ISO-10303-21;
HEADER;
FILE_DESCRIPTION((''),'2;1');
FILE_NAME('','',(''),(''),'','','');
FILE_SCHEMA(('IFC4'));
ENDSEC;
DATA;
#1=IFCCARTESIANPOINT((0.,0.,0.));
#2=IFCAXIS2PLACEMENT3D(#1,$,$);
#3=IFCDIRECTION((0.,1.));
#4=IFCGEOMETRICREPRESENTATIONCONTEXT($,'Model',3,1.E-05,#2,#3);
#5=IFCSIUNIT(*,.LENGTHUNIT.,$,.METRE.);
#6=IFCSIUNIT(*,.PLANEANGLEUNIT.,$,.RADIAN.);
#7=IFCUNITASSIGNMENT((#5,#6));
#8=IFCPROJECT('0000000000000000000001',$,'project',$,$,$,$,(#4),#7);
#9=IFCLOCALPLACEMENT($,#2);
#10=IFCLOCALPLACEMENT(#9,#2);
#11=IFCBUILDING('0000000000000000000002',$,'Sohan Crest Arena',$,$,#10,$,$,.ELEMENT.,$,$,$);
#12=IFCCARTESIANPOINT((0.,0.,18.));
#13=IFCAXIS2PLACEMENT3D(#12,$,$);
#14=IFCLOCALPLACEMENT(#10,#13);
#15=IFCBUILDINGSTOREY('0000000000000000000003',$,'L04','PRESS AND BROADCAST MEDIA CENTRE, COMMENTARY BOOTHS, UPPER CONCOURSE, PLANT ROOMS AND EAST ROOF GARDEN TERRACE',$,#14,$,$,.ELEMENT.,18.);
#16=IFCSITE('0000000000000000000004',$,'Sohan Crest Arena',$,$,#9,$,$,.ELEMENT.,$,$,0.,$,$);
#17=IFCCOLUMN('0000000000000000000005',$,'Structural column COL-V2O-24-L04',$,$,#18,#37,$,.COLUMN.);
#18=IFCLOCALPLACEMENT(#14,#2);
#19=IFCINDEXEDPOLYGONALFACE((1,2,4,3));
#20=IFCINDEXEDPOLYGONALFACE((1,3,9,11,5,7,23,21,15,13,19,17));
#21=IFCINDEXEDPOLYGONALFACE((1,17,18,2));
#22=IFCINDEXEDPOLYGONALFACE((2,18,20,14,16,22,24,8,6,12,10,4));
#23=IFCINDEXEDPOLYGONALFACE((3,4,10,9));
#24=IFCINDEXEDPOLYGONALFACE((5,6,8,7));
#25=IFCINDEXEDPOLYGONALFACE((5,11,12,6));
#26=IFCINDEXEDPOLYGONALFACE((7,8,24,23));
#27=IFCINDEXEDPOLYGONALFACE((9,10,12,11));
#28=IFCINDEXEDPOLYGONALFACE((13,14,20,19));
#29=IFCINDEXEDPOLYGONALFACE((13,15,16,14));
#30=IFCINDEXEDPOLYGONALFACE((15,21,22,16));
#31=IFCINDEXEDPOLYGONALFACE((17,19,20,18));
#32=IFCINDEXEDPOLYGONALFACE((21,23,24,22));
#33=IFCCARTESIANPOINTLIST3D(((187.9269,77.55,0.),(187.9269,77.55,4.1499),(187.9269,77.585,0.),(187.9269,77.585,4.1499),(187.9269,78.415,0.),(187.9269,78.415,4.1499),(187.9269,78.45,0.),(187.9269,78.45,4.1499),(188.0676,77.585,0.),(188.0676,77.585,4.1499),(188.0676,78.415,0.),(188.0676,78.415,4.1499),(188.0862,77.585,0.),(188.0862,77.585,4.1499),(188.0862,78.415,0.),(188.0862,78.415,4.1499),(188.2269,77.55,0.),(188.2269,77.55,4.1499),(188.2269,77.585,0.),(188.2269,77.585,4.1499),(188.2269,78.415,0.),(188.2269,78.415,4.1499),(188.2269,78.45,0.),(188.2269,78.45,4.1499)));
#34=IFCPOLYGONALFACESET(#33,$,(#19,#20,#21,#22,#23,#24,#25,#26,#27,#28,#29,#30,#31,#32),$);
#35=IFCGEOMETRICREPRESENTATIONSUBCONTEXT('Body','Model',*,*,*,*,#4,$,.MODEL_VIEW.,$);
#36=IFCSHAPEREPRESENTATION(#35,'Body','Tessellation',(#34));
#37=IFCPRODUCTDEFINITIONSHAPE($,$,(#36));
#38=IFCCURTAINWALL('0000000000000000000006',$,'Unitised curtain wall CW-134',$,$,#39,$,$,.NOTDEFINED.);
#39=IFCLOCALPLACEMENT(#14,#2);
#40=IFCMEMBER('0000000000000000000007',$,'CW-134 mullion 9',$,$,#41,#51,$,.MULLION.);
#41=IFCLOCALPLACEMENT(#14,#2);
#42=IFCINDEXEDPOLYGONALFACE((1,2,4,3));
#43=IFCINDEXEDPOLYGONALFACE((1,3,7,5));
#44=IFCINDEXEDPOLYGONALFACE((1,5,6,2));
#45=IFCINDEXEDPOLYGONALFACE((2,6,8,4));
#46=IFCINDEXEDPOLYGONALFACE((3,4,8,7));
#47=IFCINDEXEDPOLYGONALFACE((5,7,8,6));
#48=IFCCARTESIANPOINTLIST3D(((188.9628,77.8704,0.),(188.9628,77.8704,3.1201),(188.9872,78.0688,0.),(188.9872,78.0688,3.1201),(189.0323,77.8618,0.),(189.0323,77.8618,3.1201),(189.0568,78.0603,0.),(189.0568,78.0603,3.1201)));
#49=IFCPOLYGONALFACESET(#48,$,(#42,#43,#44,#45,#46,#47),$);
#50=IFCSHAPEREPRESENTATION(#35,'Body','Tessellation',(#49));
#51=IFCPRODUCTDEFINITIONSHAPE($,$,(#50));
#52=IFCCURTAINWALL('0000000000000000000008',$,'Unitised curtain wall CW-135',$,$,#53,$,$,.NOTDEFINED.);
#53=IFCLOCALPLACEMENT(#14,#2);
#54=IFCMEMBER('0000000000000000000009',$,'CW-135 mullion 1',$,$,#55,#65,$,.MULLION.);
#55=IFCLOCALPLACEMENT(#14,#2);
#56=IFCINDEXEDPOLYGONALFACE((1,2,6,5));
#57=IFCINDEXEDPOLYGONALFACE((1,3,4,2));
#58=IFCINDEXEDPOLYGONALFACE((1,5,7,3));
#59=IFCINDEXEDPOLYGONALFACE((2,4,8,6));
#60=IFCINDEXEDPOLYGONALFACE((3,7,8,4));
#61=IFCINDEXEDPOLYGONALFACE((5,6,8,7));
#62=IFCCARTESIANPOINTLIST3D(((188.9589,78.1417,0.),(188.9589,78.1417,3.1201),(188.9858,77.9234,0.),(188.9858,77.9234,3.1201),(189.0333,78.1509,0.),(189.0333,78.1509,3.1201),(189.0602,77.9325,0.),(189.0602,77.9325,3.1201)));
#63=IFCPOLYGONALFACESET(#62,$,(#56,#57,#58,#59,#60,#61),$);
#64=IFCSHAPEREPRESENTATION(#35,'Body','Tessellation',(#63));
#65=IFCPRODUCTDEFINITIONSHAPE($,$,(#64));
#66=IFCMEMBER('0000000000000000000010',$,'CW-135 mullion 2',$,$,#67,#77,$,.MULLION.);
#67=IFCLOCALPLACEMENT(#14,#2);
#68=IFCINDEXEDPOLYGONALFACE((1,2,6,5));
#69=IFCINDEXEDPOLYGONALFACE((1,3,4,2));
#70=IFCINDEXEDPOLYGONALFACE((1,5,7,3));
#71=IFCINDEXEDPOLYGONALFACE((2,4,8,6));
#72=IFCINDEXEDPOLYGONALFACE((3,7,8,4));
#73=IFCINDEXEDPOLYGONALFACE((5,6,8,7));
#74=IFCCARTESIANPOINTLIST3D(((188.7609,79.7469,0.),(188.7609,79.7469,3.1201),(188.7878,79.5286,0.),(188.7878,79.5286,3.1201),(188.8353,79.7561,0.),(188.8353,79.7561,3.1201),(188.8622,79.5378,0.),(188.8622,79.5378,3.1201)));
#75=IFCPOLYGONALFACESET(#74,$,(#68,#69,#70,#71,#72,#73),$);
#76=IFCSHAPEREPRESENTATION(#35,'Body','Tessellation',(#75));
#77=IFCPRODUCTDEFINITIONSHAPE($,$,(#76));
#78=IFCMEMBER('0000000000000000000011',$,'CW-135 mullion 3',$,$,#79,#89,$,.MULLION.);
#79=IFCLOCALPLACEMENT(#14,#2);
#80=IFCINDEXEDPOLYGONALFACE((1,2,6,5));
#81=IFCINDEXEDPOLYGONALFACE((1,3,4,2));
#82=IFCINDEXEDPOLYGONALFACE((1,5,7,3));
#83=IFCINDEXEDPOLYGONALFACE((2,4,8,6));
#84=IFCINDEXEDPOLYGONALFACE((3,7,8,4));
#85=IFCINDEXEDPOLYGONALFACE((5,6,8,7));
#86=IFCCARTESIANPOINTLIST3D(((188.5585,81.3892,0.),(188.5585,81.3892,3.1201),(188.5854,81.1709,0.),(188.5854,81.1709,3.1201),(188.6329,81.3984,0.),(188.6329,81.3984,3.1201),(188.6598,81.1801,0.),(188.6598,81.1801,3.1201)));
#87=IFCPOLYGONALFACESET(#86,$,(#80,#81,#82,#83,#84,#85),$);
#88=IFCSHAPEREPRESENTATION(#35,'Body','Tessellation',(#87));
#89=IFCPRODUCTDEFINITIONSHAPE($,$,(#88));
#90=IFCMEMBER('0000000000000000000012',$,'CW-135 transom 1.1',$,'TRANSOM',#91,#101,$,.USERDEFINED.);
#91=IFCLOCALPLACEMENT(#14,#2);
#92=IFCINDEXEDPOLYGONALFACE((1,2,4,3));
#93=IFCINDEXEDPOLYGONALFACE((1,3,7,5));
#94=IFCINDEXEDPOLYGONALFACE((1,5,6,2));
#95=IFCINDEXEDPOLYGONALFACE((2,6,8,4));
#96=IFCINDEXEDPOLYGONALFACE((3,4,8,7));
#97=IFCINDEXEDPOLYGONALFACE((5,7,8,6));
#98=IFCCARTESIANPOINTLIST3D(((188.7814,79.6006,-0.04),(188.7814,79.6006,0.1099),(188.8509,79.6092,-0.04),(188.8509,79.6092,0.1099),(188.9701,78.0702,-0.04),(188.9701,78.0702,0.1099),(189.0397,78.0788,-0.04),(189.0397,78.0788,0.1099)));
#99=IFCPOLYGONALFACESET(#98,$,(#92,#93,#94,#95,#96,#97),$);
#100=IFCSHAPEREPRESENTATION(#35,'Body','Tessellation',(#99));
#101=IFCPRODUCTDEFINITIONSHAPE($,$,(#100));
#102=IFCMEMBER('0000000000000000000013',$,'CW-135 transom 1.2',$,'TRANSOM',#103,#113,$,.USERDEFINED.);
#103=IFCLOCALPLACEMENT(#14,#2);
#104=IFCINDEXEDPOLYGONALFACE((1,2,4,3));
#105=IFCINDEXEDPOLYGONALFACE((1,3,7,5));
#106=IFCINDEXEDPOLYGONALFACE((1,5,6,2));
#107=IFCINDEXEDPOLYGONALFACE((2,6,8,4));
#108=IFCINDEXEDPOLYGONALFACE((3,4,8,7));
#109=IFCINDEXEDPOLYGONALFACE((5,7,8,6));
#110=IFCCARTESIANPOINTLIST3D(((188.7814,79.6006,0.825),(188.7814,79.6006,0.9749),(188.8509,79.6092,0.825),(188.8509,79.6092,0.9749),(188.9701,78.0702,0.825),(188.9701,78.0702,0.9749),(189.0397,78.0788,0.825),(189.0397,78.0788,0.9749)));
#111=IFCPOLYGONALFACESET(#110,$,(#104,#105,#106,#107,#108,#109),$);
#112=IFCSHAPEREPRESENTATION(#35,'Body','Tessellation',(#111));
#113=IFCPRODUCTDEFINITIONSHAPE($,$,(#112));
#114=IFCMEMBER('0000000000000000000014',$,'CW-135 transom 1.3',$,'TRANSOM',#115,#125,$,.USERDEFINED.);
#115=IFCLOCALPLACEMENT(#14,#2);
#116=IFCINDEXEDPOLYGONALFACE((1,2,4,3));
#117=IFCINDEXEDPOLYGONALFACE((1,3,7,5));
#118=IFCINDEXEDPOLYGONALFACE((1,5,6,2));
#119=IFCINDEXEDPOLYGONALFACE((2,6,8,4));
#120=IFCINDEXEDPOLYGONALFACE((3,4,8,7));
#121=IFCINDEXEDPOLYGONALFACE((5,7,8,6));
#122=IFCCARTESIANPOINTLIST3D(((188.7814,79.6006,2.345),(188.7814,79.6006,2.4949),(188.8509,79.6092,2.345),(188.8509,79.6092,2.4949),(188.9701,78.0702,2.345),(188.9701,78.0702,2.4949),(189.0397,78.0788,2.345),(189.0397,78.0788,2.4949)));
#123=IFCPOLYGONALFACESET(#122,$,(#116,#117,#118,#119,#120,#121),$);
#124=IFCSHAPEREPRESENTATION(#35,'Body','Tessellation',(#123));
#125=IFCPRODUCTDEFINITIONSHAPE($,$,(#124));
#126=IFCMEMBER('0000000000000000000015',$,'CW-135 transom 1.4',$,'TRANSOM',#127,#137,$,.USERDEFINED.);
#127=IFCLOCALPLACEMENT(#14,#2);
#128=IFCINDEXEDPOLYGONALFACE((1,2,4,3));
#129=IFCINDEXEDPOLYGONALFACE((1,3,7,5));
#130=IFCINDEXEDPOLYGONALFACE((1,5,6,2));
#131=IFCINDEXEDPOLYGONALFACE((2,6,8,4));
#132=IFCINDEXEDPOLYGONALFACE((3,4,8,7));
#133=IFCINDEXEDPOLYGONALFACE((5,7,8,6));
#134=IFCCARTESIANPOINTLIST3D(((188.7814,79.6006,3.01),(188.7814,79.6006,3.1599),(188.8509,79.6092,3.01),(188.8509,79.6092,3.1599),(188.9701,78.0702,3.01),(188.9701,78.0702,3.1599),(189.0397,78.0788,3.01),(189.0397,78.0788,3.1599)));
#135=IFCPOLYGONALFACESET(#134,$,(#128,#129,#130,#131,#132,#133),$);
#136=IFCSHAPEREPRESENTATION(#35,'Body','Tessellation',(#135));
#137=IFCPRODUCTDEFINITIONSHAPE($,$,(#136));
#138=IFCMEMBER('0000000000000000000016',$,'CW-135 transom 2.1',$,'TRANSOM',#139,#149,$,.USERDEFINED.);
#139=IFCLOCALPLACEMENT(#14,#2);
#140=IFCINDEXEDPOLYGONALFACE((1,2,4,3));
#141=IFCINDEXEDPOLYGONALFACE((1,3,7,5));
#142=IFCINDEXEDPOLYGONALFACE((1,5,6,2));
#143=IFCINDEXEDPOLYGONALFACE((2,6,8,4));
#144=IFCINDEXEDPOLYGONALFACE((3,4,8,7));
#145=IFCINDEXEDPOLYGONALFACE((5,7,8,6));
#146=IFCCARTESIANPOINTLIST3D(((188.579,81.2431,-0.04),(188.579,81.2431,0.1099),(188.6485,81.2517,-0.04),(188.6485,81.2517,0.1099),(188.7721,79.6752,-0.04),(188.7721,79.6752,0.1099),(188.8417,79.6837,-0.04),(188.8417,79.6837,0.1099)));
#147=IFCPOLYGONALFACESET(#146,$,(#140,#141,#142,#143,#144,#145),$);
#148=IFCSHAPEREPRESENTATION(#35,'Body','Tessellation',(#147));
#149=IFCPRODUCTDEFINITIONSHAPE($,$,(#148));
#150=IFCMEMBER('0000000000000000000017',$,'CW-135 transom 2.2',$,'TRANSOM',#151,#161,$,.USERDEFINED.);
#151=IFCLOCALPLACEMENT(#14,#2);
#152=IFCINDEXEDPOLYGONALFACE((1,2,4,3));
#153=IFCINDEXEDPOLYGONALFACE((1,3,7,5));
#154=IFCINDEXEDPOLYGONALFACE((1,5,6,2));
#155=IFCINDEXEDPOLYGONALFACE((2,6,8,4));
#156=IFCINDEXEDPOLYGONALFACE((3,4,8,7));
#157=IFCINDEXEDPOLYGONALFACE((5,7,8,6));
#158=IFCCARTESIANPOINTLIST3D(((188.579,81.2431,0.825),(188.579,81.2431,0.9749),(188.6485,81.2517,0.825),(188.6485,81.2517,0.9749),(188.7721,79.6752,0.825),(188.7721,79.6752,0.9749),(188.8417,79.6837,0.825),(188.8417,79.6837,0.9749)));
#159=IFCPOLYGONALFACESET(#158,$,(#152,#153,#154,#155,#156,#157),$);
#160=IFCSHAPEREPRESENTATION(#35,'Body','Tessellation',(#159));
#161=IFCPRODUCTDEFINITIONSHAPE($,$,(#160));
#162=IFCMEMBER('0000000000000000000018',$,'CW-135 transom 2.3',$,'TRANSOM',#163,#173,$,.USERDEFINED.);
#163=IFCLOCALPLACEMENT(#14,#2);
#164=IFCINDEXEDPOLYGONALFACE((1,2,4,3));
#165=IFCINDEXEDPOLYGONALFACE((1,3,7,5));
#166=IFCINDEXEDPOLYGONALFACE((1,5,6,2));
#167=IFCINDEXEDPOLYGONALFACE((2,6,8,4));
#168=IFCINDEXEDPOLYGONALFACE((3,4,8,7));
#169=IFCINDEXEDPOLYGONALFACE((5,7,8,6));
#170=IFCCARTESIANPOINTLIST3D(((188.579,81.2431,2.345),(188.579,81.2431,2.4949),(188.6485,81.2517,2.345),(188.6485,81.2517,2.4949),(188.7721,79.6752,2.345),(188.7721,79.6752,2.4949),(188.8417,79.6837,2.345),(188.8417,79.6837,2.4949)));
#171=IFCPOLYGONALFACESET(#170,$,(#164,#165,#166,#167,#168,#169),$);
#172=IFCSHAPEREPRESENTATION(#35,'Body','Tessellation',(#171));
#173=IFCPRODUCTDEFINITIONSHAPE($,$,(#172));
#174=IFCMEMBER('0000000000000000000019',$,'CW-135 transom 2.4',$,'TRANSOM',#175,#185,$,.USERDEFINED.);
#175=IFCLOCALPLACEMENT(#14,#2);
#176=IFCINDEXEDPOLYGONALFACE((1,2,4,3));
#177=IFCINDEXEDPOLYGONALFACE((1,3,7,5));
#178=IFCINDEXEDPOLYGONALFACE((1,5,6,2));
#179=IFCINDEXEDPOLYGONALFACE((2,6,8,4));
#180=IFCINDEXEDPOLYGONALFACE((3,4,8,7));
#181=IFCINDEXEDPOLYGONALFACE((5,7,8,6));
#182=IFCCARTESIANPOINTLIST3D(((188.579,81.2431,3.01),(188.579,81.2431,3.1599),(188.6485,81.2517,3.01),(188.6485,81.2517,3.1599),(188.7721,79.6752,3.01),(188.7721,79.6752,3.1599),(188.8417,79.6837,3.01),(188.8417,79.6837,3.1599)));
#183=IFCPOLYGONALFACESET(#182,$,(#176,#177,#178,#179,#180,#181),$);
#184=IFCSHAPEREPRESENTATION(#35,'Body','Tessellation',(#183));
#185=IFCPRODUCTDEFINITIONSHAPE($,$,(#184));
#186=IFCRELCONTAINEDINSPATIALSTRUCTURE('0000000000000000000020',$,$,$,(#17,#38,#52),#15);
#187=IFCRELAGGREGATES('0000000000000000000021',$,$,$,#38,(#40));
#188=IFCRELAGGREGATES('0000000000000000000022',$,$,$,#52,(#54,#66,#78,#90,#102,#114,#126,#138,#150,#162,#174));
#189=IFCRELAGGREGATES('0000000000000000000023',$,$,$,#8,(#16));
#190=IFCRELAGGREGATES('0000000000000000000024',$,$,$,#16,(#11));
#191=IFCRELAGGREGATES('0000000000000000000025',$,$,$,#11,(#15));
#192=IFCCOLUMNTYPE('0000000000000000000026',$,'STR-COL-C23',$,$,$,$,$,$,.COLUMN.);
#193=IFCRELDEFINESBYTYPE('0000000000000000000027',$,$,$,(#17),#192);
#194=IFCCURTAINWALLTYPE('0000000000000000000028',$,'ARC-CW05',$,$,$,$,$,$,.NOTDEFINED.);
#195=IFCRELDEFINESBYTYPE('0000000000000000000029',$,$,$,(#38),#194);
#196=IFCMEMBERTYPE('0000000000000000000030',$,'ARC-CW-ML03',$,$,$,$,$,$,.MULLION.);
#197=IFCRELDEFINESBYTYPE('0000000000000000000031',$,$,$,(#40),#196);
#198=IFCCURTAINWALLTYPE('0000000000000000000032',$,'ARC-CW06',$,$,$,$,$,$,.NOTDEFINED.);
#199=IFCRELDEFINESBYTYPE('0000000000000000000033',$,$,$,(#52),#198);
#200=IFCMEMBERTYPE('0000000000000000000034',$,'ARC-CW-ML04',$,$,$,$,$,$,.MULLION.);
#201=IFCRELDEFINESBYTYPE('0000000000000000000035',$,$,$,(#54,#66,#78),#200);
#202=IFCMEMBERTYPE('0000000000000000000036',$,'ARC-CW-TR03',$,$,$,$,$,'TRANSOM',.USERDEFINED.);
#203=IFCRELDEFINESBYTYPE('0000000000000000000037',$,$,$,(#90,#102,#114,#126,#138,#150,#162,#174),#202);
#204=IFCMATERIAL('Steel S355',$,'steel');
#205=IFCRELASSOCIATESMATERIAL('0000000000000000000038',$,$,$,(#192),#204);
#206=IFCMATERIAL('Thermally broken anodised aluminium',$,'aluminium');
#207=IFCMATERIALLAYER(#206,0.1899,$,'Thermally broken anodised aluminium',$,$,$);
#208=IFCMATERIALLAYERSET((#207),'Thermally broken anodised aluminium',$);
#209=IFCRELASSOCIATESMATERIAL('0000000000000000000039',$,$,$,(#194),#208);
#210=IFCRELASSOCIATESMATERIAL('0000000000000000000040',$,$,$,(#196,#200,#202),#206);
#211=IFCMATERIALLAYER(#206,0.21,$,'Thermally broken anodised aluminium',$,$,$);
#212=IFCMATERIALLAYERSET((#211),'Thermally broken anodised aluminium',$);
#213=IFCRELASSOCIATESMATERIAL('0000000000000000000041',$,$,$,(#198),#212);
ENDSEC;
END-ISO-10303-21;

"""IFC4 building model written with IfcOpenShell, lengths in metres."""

from ifc_helpers import new_model, si_unit, direction, frame, origin, origin_2d, place, context, subcontext, project, spatial, rectangle, i_section, extrude, material, layer, layer_set, material_profile, profile_set, type_object, element, aggregate, save


model = new_model("IFC4")

# Units and contexts
model_context = context("Model", 3, precision=1e-05, world=origin(), true_north=direction((0.0, 1.0)))
body_context = subcontext(model_context, "Body", "Model", "MODEL_VIEW")
ifc_project = project(units=[si_unit("LENGTHUNIT", "METRE"), si_unit("PLANEANGLEUNIT", "RADIAN")], contexts=[model_context])

# Site, building, storey
site_placement = place(None, origin())
site = spatial("IfcSite", under=ifc_project, at=site_placement, Name="Sohan Crest Arena", CompositionType="ELEMENT", RefElevation=0.0)
building_placement = place(site_placement, origin())
building = spatial("IfcBuilding", under=site, at=building_placement, Name="Sohan Crest Arena", CompositionType="ELEMENT")
storey_placement = place(building_placement, frame((0.0, 0.0, 18.0)))
storey = spatial("IfcBuildingStorey", under=building, at=storey_placement, Name="L04", Description="PRESS AND BROADCAST MEDIA CENTRE, COMMENTARY BOOTHS, UPPER CONCOURSE, PLANT ROOMS AND EAST ROOF GARDEN TERRACE", CompositionType="ELEMENT", Elevation=18.0)

# Column
ifc_material_1 = material(Name="Steel S355", Category="steel")
ifc_material_profile_1 = material_profile(ifc_material_1, i_section(OverallWidth=0.3, OverallDepth=0.8999, WebThickness=0.0186, FlangeThickness=0.0349, at=origin_2d()), Name="HEB 900")
ifc_profile_set_1 = profile_set([ifc_material_profile_1], Name="Steel S355")
column_type = type_object("IfcColumnType", Name="STR-COL-C23", PredefinedType="COLUMN", material=ifc_profile_set_1)
column_placement = place(storey_placement, frame((188.0769, 78.0, 0.0), z_axis=(0.0, 0.0, 1.0), x_axis=(1.0, 0.0, 0.0)))
element("IfcColumn", 1, at=column_placement, inside=storey, type_object=column_type, Name="Structural column COL-V2O-24-L04", PredefinedType="COLUMN", context=body_context, shape_type="SweptSolid", body=[
    extrude(i_section(OverallWidth=0.3, OverallDepth=0.8999, WebThickness=0.0186, FlangeThickness=0.0349, at=origin_2d()), origin(), (0.0, 0.0, 1.0), 4.1499),
])

# Curtain wall, member
ifc_material_2 = material(Name="Thermally broken anodised aluminium", Category="aluminium")
ifc_layer_1 = layer(ifc_material_2, 0.1899, Name="Thermally broken anodised aluminium")
ifc_layer_set_1 = layer_set([ifc_layer_1], Name="Thermally broken anodised aluminium")
curtain_wall_type_1 = type_object("IfcCurtainWallType", Name="ARC-CW05", PredefinedType="NOTDEFINED", material=ifc_layer_set_1)
curtain_wall_1_placement = place(storey_placement, origin())
curtain_wall_1 = element("IfcCurtainWall", 2, at=curtain_wall_1_placement, inside=storey, type_object=curtain_wall_type_1, Name="Unitised curtain wall CW-134", PredefinedType="NOTDEFINED")
ifc_material_profile_2 = material_profile(ifc_material_2, rectangle(XDim=0.0701, YDim=0.2, at=origin_2d()), Name="ALU-MULL 70x200")
ifc_profile_set_2 = profile_set([ifc_material_profile_2], Name="Thermally broken anodised aluminium")
member_type_1 = type_object("IfcMemberType", Name="ARC-CW-ML03", PredefinedType="MULLION", material=ifc_profile_set_2)
member_1_placement = place(storey_placement, frame((189.0098, 77.9653, 0.0), z_axis=(0.0, 0.0, 1.0), x_axis=(-0.992489, 0.122334, 0.0)))
member_1 = element("IfcMember", 3, at=member_1_placement, type_object=member_type_1, Name="CW-134 mullion 9", PredefinedType="MULLION", context=body_context, shape_type="SweptSolid", body=[
    extrude(rectangle(XDim=0.0701, YDim=0.2, at=origin_2d()), origin(), (0.0, 0.0, 1.0), 3.1201),
])

# Curtain wall, members
ifc_layer_2 = layer(ifc_material_2, 0.21, Name="Thermally broken anodised aluminium")
ifc_layer_set_2 = layer_set([ifc_layer_2], Name="Thermally broken anodised aluminium")
curtain_wall_type_2 = type_object("IfcCurtainWallType", Name="ARC-CW06", PredefinedType="NOTDEFINED", material=ifc_layer_set_2)
curtain_wall_2_placement = place(storey_placement, origin())
curtain_wall_2 = element("IfcCurtainWall", 4, at=curtain_wall_2_placement, inside=storey, type_object=curtain_wall_type_2, Name="Unitised curtain wall CW-135", PredefinedType="NOTDEFINED")
ifc_material_profile_3 = material_profile(ifc_material_2, rectangle(XDim=0.075, YDim=0.22, at=origin_2d()), Name="ALU-MULL 75x220")
ifc_profile_set_3 = profile_set([ifc_material_profile_3], Name="Thermally broken anodised aluminium")
member_type_2 = type_object("IfcMemberType", Name="ARC-CW-ML04", PredefinedType="MULLION", material=ifc_profile_set_3)
member_2_placement = place(storey_placement, frame((189.0095, 78.0371, 0.0), z_axis=(0.0, 0.0, 1.0), x_axis=(-0.992489, -0.122334, 0.0)))
member_2 = element("IfcMember", 5, at=member_2_placement, type_object=member_type_2, Name="CW-135 mullion 1", PredefinedType="MULLION", context=body_context, shape_type="SweptSolid", body=[
    extrude(rectangle(XDim=0.075, YDim=0.22, at=origin_2d()), origin(), (0.0, 0.0, 1.0), 3.1201),
])
member_3_placement = place(storey_placement, frame((188.8115, 79.6423, 0.0), z_axis=(0.0, 0.0, 1.0), x_axis=(-0.992489, -0.122334, 0.0)))
member_3 = element("IfcMember", 6, at=member_3_placement, type_object=member_type_2, Name="CW-135 mullion 2", PredefinedType="MULLION", context=body_context, shape_type="SweptSolid", body=[
    extrude(rectangle(XDim=0.075, YDim=0.22, at=origin_2d()), origin(), (0.0, 0.0, 1.0), 3.1201),
])
member_4_placement = place(storey_placement, frame((188.6091, 81.2847, 0.0), z_axis=(0.0, 0.0, 1.0), x_axis=(-0.992489, -0.122334, 0.0)))
member_4 = element("IfcMember", 7, at=member_4_placement, type_object=member_type_2, Name="CW-135 mullion 3", PredefinedType="MULLION", context=body_context, shape_type="SweptSolid", body=[
    extrude(rectangle(XDim=0.075, YDim=0.22, at=origin_2d()), origin(), (0.0, 0.0, 1.0), 3.1201),
])
ifc_material_profile_4 = material_profile(ifc_material_2, rectangle(XDim=0.0701, YDim=0.1499, at=origin_2d()), Name="ALU-TRAN 70x150")
ifc_profile_set_4 = profile_set([ifc_material_profile_4], Name="Thermally broken anodised aluminium")
member_type_3 = type_object("IfcMemberType", Name="ARC-CW-TR03", ElementType="TRANSOM", PredefinedType="USERDEFINED", material=ifc_profile_set_4)
member_5_placement = place(storey_placement, frame((189.0049, 78.0745, 0.0349), z_axis=(-0.122378, 0.992484, 0.0), x_axis=(-0.992484, -0.122378, 0.0)))
member_5 = element("IfcMember", 8, at=member_5_placement, type_object=member_type_3, Name="CW-135 transom 1.1", ObjectType="TRANSOM", PredefinedType="USERDEFINED", context=body_context, shape_type="SweptSolid", body=[
    extrude(rectangle(XDim=0.0701, YDim=0.1499, at=origin_2d()), origin(), (0.0, 0.0, 1.0), 1.542),
])
member_6_placement = place(storey_placement, frame((189.0049, 78.0745, 0.8999), z_axis=(-0.122378, 0.992484, 0.0), x_axis=(-0.992484, -0.122378, 0.0)))
member_6 = element("IfcMember", 9, at=member_6_placement, type_object=member_type_3, Name="CW-135 transom 1.2", ObjectType="TRANSOM", PredefinedType="USERDEFINED", context=body_context, shape_type="SweptSolid", body=[
    extrude(rectangle(XDim=0.0701, YDim=0.1499, at=origin_2d()), origin(), (0.0, 0.0, 1.0), 1.542),
])
member_7_placement = place(storey_placement, frame((189.0049, 78.0745, 2.4199), z_axis=(-0.122378, 0.992484, 0.0), x_axis=(-0.992484, -0.122378, 0.0)))
member_7 = element("IfcMember", 10, at=member_7_placement, type_object=member_type_3, Name="CW-135 transom 1.3", ObjectType="TRANSOM", PredefinedType="USERDEFINED", context=body_context, shape_type="SweptSolid", body=[
    extrude(rectangle(XDim=0.0701, YDim=0.1499, at=origin_2d()), origin(), (0.0, 0.0, 1.0), 1.542),
])
member_8_placement = place(storey_placement, frame((189.0049, 78.0745, 3.085), z_axis=(-0.122378, 0.992484, 0.0), x_axis=(-0.992484, -0.122378, 0.0)))
member_8 = element("IfcMember", 11, at=member_8_placement, type_object=member_type_3, Name="CW-135 transom 1.4", ObjectType="TRANSOM", PredefinedType="USERDEFINED", context=body_context, shape_type="SweptSolid", body=[
    extrude(rectangle(XDim=0.0701, YDim=0.1499, at=origin_2d()), origin(), (0.0, 0.0, 1.0), 1.542),
])
member_9_placement = place(storey_placement, frame((188.8069, 79.6794, 0.0349), z_axis=(-0.122247, 0.9925, 0.0), x_axis=(-0.9925, -0.122247, 0.0)))
member_9 = element("IfcMember", 12, at=member_9_placement, type_object=member_type_3, Name="CW-135 transom 2.1", ObjectType="TRANSOM", PredefinedType="USERDEFINED", context=body_context, shape_type="SweptSolid", body=[
    extrude(rectangle(XDim=0.0701, YDim=0.1499, at=origin_2d()), origin(), (0.0, 0.0, 1.0), 1.5798),
])
member_10_placement = place(storey_placement, frame((188.8069, 79.6794, 0.8999), z_axis=(-0.122247, 0.9925, 0.0), x_axis=(-0.9925, -0.122247, 0.0)))
member_10 = element("IfcMember", 13, at=member_10_placement, type_object=member_type_3, Name="CW-135 transom 2.2", ObjectType="TRANSOM", PredefinedType="USERDEFINED", context=body_context, shape_type="SweptSolid", body=[
    extrude(rectangle(XDim=0.0701, YDim=0.1499, at=origin_2d()), origin(), (0.0, 0.0, 1.0), 1.5798),
])
member_11_placement = place(storey_placement, frame((188.8069, 79.6794, 2.4199), z_axis=(-0.122247, 0.9925, 0.0), x_axis=(-0.9925, -0.122247, 0.0)))
member_11 = element("IfcMember", 14, at=member_11_placement, type_object=member_type_3, Name="CW-135 transom 2.3", ObjectType="TRANSOM", PredefinedType="USERDEFINED", context=body_context, shape_type="SweptSolid", body=[
    extrude(rectangle(XDim=0.0701, YDim=0.1499, at=origin_2d()), origin(), (0.0, 0.0, 1.0), 1.5798),
])
member_12_placement = place(storey_placement, frame((188.8069, 79.6794, 3.085), z_axis=(-0.122247, 0.9925, 0.0), x_axis=(-0.9925, -0.122247, 0.0)))
member_12 = element("IfcMember", 15, at=member_12_placement, type_object=member_type_3, Name="CW-135 transom 2.4", ObjectType="TRANSOM", PredefinedType="USERDEFINED", context=body_context, shape_type="SweptSolid", body=[
    extrude(rectangle(XDim=0.0701, YDim=0.1499, at=origin_2d()), origin(), (0.0, 0.0, 1.0), 1.5798),
])

aggregate(curtain_wall_1, [member_1])
aggregate(curtain_wall_2, [member_2, member_3, member_4, member_5, member_6, member_7, member_8, member_9, member_10, member_11, member_12])

save(model, "model.ifc")
